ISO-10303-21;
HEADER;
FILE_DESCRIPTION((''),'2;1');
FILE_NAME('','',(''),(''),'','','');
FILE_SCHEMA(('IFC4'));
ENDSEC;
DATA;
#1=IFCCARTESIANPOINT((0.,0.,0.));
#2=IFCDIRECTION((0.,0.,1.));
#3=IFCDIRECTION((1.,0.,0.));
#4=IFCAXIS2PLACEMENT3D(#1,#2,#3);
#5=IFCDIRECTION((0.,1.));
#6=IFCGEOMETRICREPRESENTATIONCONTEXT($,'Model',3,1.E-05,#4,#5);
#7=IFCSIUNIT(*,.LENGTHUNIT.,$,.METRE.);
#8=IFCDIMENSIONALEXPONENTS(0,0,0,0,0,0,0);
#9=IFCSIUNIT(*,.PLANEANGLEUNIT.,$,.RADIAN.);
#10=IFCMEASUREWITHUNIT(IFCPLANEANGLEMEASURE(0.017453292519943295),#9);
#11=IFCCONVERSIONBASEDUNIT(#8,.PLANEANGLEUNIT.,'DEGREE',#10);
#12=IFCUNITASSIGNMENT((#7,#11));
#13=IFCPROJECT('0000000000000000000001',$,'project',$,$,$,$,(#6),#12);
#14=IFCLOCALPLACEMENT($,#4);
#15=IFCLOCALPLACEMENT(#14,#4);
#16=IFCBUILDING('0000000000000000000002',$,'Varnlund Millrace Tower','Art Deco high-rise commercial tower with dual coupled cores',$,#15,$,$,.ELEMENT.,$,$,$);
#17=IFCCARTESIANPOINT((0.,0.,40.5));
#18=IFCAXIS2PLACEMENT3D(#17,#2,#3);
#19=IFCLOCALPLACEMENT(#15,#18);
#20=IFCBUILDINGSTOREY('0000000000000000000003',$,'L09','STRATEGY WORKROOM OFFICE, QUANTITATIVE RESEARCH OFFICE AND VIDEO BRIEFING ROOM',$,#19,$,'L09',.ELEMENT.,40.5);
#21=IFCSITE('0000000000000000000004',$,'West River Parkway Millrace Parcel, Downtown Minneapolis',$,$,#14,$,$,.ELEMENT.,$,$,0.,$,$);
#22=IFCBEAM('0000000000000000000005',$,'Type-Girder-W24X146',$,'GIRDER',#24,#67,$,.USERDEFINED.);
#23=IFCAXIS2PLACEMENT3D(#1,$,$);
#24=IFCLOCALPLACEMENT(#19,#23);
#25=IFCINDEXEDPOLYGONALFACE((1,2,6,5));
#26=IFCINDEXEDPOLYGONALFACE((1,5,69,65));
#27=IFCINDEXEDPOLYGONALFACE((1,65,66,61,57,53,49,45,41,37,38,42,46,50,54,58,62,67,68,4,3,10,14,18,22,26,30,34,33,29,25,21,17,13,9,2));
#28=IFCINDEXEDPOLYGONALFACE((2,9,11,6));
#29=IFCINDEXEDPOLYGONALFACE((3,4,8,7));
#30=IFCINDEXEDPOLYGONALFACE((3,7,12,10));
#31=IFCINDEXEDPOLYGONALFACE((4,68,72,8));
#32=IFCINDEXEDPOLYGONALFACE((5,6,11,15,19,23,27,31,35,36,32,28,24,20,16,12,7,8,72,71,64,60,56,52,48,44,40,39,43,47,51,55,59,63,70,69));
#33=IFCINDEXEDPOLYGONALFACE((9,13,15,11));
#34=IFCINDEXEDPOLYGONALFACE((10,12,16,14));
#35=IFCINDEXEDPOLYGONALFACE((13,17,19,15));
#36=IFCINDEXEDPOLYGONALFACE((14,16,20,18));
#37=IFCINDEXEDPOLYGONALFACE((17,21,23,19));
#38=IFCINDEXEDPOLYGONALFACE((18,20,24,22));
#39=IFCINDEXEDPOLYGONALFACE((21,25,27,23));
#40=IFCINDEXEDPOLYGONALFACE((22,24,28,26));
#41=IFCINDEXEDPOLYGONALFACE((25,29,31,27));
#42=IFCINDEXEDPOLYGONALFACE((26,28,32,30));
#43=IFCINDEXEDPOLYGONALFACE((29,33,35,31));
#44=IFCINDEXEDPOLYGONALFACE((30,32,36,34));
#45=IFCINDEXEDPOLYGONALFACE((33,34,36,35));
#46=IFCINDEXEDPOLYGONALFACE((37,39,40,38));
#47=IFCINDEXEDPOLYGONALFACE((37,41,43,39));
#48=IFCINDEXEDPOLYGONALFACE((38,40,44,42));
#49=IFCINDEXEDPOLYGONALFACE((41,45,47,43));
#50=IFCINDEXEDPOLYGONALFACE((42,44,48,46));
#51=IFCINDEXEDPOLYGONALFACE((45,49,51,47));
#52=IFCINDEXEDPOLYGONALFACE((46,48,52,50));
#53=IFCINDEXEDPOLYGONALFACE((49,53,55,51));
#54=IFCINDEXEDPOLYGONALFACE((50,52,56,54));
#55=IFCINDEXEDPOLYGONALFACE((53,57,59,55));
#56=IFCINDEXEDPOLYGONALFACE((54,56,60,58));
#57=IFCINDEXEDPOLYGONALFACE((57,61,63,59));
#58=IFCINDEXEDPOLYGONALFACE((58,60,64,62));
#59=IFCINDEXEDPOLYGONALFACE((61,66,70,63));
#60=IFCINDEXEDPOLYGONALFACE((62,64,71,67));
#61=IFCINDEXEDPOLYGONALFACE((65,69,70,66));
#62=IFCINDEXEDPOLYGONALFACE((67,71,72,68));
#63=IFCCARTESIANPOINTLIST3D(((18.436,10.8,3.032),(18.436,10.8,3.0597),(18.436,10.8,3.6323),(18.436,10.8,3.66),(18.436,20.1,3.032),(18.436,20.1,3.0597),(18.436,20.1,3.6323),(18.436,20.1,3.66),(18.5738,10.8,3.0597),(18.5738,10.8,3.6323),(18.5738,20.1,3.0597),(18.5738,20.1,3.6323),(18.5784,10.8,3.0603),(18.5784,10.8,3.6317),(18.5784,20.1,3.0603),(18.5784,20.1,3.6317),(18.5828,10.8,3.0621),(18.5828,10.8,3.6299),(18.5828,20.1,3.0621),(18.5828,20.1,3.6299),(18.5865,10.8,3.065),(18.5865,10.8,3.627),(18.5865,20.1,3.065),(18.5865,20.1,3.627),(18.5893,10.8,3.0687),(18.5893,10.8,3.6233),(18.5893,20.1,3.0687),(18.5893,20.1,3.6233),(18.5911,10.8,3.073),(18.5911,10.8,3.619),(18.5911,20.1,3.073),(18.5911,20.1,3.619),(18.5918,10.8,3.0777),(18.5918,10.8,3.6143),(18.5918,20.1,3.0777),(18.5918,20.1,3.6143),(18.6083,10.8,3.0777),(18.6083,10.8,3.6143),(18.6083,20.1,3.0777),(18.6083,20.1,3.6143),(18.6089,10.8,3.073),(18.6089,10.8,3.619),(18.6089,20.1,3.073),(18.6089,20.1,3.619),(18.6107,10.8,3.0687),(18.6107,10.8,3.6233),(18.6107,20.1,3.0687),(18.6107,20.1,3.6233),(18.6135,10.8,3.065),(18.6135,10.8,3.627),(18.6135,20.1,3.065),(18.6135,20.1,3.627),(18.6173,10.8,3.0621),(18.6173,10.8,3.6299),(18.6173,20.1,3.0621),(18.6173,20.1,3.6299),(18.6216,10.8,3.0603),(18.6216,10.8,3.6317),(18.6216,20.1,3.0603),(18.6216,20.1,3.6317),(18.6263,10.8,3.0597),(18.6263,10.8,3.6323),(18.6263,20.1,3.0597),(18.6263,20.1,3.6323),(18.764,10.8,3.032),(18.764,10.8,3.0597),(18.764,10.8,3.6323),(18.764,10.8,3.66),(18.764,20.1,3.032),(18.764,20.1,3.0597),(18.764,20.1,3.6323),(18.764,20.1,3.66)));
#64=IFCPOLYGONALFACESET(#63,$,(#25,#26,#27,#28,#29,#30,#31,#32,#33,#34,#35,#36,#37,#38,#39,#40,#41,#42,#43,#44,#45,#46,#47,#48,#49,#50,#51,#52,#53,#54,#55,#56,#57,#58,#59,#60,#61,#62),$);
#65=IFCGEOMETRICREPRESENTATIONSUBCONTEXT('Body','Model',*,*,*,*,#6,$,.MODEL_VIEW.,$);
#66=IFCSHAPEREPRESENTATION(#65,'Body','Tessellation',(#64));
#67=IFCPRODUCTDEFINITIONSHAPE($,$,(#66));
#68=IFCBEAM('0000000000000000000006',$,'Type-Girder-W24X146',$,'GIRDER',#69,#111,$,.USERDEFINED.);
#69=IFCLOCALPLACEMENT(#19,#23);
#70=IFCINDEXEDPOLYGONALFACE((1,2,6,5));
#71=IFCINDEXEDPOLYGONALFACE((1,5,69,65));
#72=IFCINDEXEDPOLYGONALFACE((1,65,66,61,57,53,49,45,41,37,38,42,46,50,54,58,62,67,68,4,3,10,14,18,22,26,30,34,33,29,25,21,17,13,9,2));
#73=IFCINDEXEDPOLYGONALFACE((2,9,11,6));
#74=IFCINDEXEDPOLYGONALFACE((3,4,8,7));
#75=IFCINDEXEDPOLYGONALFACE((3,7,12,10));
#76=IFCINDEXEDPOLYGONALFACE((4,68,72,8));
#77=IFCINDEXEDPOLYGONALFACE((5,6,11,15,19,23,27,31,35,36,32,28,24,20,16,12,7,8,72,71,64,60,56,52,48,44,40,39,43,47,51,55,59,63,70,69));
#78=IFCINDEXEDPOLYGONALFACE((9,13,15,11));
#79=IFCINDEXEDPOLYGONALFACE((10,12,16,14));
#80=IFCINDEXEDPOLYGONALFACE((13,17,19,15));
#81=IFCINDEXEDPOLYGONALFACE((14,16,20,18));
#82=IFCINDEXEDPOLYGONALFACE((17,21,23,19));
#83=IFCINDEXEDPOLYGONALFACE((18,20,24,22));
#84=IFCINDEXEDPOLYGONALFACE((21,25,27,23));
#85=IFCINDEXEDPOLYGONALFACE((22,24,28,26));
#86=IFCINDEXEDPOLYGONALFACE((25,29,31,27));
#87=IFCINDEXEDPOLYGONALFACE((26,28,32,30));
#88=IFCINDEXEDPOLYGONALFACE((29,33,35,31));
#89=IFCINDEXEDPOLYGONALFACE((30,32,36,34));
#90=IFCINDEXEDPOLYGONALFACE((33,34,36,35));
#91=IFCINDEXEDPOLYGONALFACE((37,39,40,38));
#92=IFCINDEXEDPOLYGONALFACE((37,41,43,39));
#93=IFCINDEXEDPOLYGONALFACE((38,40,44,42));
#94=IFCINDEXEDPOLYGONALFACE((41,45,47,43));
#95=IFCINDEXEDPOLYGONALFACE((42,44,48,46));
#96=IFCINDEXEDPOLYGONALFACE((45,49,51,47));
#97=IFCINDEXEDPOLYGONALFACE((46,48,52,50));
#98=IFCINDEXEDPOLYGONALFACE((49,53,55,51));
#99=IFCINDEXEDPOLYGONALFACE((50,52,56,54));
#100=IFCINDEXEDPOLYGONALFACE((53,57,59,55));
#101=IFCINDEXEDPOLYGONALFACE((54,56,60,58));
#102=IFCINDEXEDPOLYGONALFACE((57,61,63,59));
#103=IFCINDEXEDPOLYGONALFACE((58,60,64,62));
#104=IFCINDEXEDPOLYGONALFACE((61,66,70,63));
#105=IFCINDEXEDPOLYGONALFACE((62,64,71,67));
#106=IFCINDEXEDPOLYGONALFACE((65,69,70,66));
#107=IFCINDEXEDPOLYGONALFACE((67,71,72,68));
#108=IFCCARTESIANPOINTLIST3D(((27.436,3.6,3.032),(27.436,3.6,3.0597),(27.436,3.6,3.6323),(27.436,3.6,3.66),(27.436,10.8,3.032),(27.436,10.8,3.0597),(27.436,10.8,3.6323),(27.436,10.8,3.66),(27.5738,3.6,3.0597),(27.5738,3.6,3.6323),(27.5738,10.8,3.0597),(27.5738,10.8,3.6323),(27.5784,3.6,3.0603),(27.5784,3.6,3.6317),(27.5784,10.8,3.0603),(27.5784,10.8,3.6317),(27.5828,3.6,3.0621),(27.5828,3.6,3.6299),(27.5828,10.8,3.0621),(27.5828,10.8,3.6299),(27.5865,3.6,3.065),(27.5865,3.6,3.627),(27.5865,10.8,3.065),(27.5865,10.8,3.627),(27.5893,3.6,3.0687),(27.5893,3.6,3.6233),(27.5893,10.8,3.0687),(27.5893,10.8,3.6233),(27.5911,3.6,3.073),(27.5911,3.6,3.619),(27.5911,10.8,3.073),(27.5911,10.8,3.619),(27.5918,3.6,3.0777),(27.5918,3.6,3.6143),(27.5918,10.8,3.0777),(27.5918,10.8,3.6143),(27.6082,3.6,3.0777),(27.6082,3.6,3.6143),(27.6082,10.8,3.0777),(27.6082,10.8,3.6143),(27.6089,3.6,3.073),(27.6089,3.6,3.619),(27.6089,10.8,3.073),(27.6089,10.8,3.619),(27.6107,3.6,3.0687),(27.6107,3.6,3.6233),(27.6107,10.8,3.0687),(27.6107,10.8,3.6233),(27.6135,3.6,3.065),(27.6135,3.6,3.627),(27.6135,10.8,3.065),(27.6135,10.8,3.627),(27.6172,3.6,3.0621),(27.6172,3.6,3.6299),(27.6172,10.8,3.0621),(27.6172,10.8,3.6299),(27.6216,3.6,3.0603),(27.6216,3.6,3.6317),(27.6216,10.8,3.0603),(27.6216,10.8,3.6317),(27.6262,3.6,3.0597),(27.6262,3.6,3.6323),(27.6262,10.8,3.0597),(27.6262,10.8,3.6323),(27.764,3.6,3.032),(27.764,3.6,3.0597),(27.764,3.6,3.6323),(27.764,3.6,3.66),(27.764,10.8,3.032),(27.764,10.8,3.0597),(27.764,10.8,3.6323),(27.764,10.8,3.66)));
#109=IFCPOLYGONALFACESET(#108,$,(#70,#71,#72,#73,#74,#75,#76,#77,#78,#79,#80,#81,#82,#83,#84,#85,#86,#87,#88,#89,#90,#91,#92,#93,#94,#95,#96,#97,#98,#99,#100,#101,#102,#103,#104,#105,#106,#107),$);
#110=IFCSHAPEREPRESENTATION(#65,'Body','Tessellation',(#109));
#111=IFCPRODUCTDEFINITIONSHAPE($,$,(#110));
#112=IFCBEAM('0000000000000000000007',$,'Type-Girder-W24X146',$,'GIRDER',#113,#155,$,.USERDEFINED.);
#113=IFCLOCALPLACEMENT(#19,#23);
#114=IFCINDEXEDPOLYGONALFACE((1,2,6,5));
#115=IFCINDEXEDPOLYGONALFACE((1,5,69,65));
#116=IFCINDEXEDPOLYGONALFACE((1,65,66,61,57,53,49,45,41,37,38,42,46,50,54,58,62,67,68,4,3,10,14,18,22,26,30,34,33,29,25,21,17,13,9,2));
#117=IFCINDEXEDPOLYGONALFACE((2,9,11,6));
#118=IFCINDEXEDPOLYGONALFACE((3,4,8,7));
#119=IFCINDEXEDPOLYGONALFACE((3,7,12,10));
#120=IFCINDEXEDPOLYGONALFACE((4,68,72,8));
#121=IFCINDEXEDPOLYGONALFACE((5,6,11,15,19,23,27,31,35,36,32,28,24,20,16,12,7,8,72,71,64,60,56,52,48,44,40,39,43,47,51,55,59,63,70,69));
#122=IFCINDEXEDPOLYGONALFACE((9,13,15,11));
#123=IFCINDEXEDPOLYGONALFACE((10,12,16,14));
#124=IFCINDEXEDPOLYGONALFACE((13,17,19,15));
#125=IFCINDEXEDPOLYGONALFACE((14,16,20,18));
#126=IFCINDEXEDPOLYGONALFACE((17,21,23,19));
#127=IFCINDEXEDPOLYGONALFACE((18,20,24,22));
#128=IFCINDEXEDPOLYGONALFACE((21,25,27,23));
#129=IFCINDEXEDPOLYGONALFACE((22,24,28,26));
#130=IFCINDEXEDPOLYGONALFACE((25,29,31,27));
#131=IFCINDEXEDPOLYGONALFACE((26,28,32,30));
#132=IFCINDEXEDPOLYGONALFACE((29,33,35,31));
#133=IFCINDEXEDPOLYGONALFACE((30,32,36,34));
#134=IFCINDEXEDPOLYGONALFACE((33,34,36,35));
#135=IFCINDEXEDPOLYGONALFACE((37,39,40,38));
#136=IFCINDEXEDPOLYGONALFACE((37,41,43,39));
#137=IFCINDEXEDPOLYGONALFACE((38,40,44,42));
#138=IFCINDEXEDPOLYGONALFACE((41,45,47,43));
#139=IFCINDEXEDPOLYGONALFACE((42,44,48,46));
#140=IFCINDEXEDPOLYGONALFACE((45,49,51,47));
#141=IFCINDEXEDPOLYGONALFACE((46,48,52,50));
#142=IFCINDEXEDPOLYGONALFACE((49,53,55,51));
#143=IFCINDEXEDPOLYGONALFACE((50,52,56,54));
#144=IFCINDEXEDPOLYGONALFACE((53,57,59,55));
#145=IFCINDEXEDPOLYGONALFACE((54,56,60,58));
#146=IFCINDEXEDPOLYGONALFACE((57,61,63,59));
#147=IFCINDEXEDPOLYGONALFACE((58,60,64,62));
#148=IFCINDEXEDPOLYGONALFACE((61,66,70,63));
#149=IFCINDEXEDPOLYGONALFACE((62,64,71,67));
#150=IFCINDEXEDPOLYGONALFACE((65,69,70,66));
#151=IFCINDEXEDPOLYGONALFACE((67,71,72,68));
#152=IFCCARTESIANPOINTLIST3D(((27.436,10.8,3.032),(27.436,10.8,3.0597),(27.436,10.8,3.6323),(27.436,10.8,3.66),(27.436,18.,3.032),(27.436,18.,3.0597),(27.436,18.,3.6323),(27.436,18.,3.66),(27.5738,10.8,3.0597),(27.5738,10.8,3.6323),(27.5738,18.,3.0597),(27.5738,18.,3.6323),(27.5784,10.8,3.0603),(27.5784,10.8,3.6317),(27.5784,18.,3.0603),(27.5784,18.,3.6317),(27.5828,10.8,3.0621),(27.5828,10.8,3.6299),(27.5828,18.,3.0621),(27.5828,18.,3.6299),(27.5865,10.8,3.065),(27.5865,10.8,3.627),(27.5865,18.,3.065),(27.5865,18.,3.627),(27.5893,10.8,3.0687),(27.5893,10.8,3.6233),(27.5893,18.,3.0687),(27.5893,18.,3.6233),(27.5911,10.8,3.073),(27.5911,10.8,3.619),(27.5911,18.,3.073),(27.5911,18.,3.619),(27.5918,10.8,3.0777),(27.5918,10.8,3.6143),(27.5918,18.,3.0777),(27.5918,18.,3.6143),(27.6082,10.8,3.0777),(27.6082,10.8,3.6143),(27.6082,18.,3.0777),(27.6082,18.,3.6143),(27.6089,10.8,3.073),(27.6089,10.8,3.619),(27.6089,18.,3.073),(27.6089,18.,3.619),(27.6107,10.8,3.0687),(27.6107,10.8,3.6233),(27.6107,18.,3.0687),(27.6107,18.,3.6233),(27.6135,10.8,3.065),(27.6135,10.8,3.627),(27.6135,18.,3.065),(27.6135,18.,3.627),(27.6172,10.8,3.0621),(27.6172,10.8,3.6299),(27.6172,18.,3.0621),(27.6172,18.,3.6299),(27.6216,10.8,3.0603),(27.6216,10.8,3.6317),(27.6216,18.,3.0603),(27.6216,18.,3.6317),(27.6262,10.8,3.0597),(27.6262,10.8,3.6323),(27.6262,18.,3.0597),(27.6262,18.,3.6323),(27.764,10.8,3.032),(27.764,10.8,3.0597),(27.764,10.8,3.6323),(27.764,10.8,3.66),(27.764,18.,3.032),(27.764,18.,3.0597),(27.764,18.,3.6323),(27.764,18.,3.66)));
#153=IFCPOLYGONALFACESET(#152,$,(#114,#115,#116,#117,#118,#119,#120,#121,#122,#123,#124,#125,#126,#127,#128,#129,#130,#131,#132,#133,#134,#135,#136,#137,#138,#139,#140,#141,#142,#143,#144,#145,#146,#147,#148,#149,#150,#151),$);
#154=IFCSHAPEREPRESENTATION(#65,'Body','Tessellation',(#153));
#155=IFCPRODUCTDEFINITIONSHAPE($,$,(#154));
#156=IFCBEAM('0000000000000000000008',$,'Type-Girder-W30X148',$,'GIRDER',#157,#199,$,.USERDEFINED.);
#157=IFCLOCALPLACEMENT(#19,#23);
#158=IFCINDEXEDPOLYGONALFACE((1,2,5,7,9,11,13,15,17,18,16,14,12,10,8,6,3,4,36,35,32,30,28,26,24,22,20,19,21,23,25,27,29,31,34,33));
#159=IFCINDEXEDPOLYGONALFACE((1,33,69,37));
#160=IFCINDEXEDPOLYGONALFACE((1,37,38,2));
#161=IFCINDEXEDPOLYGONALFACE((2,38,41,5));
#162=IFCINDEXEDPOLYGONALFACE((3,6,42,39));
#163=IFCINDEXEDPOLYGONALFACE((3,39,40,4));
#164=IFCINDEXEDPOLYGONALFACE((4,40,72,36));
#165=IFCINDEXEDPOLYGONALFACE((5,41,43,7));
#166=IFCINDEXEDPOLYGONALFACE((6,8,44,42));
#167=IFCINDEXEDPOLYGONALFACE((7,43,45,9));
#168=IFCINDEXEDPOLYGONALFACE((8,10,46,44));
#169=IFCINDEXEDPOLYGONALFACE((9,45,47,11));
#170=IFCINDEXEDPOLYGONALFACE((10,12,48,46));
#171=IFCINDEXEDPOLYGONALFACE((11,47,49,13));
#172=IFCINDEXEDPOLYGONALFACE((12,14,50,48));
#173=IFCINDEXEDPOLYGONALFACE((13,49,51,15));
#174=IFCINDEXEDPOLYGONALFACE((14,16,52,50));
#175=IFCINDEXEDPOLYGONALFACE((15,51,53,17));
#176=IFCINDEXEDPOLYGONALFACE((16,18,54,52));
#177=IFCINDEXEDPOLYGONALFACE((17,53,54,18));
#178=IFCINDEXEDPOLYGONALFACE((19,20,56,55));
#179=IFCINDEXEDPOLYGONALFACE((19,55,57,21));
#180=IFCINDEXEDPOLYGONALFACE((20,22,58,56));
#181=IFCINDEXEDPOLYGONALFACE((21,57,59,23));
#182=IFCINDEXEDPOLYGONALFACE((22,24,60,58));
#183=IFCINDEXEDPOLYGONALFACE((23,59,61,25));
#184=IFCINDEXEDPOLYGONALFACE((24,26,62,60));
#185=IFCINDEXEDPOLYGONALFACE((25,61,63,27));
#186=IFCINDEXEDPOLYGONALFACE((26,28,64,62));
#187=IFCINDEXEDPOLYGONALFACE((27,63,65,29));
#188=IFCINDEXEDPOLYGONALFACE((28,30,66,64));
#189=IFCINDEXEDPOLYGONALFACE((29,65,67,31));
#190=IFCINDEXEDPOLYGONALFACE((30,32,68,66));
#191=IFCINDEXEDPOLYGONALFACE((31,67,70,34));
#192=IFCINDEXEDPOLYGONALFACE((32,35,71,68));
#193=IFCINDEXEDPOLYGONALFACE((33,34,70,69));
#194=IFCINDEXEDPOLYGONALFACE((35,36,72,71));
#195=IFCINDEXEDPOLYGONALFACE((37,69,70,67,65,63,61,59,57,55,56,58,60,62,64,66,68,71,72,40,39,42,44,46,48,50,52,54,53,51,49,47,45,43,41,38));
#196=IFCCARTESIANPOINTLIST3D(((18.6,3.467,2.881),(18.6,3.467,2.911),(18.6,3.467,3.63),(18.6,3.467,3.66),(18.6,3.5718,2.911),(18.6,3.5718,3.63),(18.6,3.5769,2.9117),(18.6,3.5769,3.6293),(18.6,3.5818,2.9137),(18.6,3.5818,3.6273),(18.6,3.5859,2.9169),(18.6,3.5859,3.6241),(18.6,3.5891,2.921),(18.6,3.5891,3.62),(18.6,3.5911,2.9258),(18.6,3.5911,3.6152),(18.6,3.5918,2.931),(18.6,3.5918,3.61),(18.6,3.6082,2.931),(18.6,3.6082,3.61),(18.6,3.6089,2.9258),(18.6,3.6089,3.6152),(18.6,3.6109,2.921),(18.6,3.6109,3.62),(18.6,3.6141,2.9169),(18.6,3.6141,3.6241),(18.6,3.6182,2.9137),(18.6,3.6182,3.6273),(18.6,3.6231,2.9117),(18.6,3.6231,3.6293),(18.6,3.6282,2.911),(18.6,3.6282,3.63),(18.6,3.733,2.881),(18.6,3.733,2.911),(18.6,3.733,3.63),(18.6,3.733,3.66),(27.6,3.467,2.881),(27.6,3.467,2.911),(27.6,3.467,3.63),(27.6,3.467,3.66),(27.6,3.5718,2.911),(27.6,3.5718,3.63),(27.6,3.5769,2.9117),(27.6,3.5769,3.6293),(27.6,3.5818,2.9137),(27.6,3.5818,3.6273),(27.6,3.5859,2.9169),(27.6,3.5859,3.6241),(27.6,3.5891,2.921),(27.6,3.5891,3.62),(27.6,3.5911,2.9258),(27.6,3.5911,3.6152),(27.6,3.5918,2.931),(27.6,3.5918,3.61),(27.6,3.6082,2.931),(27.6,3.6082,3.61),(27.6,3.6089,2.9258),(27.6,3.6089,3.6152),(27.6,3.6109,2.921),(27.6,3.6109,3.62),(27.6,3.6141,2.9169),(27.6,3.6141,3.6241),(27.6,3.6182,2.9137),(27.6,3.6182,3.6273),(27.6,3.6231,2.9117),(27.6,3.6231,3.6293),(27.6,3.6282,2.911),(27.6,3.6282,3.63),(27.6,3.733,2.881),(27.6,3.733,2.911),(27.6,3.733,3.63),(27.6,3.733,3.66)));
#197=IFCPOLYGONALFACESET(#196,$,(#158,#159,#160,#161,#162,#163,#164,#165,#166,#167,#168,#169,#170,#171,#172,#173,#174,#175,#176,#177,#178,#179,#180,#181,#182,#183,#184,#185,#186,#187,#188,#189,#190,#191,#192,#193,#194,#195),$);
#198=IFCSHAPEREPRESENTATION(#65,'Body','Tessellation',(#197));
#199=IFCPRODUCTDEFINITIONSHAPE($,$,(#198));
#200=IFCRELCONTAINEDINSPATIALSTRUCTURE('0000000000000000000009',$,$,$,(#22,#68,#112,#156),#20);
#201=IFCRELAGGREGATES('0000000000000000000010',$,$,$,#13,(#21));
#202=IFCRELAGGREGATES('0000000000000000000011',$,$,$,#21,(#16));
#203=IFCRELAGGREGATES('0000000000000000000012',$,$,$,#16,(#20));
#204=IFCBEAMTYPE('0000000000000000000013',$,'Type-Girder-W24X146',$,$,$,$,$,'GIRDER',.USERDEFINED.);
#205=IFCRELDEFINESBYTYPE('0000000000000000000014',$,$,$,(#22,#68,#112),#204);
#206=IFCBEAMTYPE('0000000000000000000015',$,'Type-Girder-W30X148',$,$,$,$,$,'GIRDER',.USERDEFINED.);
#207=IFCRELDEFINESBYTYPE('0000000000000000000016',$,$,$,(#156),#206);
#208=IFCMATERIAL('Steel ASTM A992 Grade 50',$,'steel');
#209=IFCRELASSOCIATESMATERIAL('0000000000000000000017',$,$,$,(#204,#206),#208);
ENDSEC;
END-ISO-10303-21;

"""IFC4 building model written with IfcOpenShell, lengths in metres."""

from ifc_helpers import new_model, entity, si_unit, converted_unit, direction, frame, origin_with_axes, origin_2d_with_axis, place, context, subcontext, project, spatial, i_section, extrude, material, material_profile, profile_set, type_object, element, save


model = new_model("IFC4")

# Units and contexts
model_context = context("Model", 3, precision=1e-05, world=origin_with_axes(), true_north=direction((0.0, 1.0)))
body_context = subcontext(model_context, "Body", "Model", "MODEL_VIEW")
ifc_project = project(units=[si_unit("LENGTHUNIT", "METRE"), converted_unit("PLANEANGLEUNIT", "DEGREE", entity("IfcPlaneAngleMeasure", 0.017453292519943295), si_unit("PLANEANGLEUNIT", "RADIAN"), dimensions=[0, 0, 0, 0, 0, 0, 0])], contexts=[model_context])

# Site, building, storey
site_placement = place(None, origin_with_axes())
site = spatial("IfcSite", under=ifc_project, at=site_placement, Name="West River Parkway Millrace Parcel, Downtown Minneapolis", CompositionType="ELEMENT", RefElevation=0.0)
building_placement = place(site_placement, origin_with_axes())
building = spatial("IfcBuilding", under=site, at=building_placement, Name="Varnlund Millrace Tower", Description="Art Deco high-rise commercial tower with dual coupled cores", CompositionType="ELEMENT")
storey_placement = place(building_placement, frame((0.0, 0.0, 40.5), z_axis=(0.0, 0.0, 1.0), x_axis=(1.0, 0.0, 0.0)))
storey = spatial("IfcBuildingStorey", under=building, at=storey_placement, Name="L09", Description="STRATEGY WORKROOM OFFICE, QUANTITATIVE RESEARCH OFFICE AND VIDEO BRIEFING ROOM", LongName="L09", CompositionType="ELEMENT", Elevation=40.5)

# Beams
ifc_material_1 = material(Name="Steel ASTM A992 Grade 50", Category="steel")
ifc_material_profile_1 = material_profile(ifc_material_1, i_section(OverallWidth=0.328, OverallDepth=0.628, WebThickness=0.0165, FlangeThickness=0.0277, FilletRadius=0.018, at=origin_2d_with_axis()), Name="Steel ASTM A992 Grade 50")
ifc_profile_set_1 = profile_set([ifc_material_profile_1], Name="Steel ASTM A992 Grade 50")
beam_type_1 = type_object("IfcBeamType", Name="Type-Girder-W24X146", ElementType="GIRDER", PredefinedType="USERDEFINED", material=ifc_profile_set_1)
beam_1_placement = place(storey_placement, frame((18.6, 10.8, 3.346), z_axis=(0.0, 1.0, 0.0), x_axis=(-1.0, 0.0, 0.0)))
element("IfcBeam", 1, at=beam_1_placement, inside=storey, type_object=beam_type_1, Name="Type-Girder-W24X146", ObjectType="GIRDER", PredefinedType="USERDEFINED", context=body_context, shape_type="SweptSolid", body=[
    extrude(i_section(OverallWidth=0.328, OverallDepth=0.628, WebThickness=0.0165, FlangeThickness=0.0277, FilletRadius=0.018, at=origin_2d_with_axis()), origin_with_axes(), (0.0, 0.0, 1.0), 9.3),
])
for number, where, z_axis, x_axis, name in (
    (2, (27.6, 3.6, 3.346), (0.0, 1.0, 0.0), (-1.0, 0.0, 0.0), "Type-Girder-W24X146"),
    (3, (27.6, 10.8, 3.346), (0.0, 1.0, 0.0), (-1.0, 0.0, 0.0), "Type-Girder-W24X146"),
):
    element("IfcBeam", number, at=place(storey_placement, frame(where, z_axis=z_axis, x_axis=x_axis)), inside=storey, type_object=beam_type_1, Name=name, ObjectType="GIRDER", PredefinedType="USERDEFINED", context=body_context, shape_type="SweptSolid", body=[
        extrude(i_section(OverallWidth=0.328, OverallDepth=0.628, WebThickness=0.0165, FlangeThickness=0.0277, FilletRadius=0.018, at=origin_2d_with_axis()), origin_with_axes(), (0.0, 0.0, 1.0), 7.2),
    ])
ifc_material_profile_2 = material_profile(ifc_material_1, i_section(OverallWidth=0.266, OverallDepth=0.779, WebThickness=0.0165, FlangeThickness=0.03, FilletRadius=0.02, at=origin_2d_with_axis()), Name="Steel ASTM A992 Grade 50")
ifc_profile_set_2 = profile_set([ifc_material_profile_2], Name="Steel ASTM A992 Grade 50")
beam_type_2 = type_object("IfcBeamType", Name="Type-Girder-W30X148", ElementType="GIRDER", PredefinedType="USERDEFINED", material=ifc_profile_set_2)
beam_2_placement = place(storey_placement, frame((18.6, 3.6, 3.2705), z_axis=(1.0, 0.0, 0.0), x_axis=(0.0, 1.0, 0.0)))
element("IfcBeam", 4, at=beam_2_placement, inside=storey, type_object=beam_type_2, Name="Type-Girder-W30X148", ObjectType="GIRDER", PredefinedType="USERDEFINED", context=body_context, shape_type="SweptSolid", body=[
    extrude(i_section(OverallWidth=0.266, OverallDepth=0.779, WebThickness=0.0165, FlangeThickness=0.03, FilletRadius=0.02, at=origin_2d_with_axis()), origin_with_axes(), (0.0, 0.0, 1.0), 9.0),
])

save(model, "model.ifc")
